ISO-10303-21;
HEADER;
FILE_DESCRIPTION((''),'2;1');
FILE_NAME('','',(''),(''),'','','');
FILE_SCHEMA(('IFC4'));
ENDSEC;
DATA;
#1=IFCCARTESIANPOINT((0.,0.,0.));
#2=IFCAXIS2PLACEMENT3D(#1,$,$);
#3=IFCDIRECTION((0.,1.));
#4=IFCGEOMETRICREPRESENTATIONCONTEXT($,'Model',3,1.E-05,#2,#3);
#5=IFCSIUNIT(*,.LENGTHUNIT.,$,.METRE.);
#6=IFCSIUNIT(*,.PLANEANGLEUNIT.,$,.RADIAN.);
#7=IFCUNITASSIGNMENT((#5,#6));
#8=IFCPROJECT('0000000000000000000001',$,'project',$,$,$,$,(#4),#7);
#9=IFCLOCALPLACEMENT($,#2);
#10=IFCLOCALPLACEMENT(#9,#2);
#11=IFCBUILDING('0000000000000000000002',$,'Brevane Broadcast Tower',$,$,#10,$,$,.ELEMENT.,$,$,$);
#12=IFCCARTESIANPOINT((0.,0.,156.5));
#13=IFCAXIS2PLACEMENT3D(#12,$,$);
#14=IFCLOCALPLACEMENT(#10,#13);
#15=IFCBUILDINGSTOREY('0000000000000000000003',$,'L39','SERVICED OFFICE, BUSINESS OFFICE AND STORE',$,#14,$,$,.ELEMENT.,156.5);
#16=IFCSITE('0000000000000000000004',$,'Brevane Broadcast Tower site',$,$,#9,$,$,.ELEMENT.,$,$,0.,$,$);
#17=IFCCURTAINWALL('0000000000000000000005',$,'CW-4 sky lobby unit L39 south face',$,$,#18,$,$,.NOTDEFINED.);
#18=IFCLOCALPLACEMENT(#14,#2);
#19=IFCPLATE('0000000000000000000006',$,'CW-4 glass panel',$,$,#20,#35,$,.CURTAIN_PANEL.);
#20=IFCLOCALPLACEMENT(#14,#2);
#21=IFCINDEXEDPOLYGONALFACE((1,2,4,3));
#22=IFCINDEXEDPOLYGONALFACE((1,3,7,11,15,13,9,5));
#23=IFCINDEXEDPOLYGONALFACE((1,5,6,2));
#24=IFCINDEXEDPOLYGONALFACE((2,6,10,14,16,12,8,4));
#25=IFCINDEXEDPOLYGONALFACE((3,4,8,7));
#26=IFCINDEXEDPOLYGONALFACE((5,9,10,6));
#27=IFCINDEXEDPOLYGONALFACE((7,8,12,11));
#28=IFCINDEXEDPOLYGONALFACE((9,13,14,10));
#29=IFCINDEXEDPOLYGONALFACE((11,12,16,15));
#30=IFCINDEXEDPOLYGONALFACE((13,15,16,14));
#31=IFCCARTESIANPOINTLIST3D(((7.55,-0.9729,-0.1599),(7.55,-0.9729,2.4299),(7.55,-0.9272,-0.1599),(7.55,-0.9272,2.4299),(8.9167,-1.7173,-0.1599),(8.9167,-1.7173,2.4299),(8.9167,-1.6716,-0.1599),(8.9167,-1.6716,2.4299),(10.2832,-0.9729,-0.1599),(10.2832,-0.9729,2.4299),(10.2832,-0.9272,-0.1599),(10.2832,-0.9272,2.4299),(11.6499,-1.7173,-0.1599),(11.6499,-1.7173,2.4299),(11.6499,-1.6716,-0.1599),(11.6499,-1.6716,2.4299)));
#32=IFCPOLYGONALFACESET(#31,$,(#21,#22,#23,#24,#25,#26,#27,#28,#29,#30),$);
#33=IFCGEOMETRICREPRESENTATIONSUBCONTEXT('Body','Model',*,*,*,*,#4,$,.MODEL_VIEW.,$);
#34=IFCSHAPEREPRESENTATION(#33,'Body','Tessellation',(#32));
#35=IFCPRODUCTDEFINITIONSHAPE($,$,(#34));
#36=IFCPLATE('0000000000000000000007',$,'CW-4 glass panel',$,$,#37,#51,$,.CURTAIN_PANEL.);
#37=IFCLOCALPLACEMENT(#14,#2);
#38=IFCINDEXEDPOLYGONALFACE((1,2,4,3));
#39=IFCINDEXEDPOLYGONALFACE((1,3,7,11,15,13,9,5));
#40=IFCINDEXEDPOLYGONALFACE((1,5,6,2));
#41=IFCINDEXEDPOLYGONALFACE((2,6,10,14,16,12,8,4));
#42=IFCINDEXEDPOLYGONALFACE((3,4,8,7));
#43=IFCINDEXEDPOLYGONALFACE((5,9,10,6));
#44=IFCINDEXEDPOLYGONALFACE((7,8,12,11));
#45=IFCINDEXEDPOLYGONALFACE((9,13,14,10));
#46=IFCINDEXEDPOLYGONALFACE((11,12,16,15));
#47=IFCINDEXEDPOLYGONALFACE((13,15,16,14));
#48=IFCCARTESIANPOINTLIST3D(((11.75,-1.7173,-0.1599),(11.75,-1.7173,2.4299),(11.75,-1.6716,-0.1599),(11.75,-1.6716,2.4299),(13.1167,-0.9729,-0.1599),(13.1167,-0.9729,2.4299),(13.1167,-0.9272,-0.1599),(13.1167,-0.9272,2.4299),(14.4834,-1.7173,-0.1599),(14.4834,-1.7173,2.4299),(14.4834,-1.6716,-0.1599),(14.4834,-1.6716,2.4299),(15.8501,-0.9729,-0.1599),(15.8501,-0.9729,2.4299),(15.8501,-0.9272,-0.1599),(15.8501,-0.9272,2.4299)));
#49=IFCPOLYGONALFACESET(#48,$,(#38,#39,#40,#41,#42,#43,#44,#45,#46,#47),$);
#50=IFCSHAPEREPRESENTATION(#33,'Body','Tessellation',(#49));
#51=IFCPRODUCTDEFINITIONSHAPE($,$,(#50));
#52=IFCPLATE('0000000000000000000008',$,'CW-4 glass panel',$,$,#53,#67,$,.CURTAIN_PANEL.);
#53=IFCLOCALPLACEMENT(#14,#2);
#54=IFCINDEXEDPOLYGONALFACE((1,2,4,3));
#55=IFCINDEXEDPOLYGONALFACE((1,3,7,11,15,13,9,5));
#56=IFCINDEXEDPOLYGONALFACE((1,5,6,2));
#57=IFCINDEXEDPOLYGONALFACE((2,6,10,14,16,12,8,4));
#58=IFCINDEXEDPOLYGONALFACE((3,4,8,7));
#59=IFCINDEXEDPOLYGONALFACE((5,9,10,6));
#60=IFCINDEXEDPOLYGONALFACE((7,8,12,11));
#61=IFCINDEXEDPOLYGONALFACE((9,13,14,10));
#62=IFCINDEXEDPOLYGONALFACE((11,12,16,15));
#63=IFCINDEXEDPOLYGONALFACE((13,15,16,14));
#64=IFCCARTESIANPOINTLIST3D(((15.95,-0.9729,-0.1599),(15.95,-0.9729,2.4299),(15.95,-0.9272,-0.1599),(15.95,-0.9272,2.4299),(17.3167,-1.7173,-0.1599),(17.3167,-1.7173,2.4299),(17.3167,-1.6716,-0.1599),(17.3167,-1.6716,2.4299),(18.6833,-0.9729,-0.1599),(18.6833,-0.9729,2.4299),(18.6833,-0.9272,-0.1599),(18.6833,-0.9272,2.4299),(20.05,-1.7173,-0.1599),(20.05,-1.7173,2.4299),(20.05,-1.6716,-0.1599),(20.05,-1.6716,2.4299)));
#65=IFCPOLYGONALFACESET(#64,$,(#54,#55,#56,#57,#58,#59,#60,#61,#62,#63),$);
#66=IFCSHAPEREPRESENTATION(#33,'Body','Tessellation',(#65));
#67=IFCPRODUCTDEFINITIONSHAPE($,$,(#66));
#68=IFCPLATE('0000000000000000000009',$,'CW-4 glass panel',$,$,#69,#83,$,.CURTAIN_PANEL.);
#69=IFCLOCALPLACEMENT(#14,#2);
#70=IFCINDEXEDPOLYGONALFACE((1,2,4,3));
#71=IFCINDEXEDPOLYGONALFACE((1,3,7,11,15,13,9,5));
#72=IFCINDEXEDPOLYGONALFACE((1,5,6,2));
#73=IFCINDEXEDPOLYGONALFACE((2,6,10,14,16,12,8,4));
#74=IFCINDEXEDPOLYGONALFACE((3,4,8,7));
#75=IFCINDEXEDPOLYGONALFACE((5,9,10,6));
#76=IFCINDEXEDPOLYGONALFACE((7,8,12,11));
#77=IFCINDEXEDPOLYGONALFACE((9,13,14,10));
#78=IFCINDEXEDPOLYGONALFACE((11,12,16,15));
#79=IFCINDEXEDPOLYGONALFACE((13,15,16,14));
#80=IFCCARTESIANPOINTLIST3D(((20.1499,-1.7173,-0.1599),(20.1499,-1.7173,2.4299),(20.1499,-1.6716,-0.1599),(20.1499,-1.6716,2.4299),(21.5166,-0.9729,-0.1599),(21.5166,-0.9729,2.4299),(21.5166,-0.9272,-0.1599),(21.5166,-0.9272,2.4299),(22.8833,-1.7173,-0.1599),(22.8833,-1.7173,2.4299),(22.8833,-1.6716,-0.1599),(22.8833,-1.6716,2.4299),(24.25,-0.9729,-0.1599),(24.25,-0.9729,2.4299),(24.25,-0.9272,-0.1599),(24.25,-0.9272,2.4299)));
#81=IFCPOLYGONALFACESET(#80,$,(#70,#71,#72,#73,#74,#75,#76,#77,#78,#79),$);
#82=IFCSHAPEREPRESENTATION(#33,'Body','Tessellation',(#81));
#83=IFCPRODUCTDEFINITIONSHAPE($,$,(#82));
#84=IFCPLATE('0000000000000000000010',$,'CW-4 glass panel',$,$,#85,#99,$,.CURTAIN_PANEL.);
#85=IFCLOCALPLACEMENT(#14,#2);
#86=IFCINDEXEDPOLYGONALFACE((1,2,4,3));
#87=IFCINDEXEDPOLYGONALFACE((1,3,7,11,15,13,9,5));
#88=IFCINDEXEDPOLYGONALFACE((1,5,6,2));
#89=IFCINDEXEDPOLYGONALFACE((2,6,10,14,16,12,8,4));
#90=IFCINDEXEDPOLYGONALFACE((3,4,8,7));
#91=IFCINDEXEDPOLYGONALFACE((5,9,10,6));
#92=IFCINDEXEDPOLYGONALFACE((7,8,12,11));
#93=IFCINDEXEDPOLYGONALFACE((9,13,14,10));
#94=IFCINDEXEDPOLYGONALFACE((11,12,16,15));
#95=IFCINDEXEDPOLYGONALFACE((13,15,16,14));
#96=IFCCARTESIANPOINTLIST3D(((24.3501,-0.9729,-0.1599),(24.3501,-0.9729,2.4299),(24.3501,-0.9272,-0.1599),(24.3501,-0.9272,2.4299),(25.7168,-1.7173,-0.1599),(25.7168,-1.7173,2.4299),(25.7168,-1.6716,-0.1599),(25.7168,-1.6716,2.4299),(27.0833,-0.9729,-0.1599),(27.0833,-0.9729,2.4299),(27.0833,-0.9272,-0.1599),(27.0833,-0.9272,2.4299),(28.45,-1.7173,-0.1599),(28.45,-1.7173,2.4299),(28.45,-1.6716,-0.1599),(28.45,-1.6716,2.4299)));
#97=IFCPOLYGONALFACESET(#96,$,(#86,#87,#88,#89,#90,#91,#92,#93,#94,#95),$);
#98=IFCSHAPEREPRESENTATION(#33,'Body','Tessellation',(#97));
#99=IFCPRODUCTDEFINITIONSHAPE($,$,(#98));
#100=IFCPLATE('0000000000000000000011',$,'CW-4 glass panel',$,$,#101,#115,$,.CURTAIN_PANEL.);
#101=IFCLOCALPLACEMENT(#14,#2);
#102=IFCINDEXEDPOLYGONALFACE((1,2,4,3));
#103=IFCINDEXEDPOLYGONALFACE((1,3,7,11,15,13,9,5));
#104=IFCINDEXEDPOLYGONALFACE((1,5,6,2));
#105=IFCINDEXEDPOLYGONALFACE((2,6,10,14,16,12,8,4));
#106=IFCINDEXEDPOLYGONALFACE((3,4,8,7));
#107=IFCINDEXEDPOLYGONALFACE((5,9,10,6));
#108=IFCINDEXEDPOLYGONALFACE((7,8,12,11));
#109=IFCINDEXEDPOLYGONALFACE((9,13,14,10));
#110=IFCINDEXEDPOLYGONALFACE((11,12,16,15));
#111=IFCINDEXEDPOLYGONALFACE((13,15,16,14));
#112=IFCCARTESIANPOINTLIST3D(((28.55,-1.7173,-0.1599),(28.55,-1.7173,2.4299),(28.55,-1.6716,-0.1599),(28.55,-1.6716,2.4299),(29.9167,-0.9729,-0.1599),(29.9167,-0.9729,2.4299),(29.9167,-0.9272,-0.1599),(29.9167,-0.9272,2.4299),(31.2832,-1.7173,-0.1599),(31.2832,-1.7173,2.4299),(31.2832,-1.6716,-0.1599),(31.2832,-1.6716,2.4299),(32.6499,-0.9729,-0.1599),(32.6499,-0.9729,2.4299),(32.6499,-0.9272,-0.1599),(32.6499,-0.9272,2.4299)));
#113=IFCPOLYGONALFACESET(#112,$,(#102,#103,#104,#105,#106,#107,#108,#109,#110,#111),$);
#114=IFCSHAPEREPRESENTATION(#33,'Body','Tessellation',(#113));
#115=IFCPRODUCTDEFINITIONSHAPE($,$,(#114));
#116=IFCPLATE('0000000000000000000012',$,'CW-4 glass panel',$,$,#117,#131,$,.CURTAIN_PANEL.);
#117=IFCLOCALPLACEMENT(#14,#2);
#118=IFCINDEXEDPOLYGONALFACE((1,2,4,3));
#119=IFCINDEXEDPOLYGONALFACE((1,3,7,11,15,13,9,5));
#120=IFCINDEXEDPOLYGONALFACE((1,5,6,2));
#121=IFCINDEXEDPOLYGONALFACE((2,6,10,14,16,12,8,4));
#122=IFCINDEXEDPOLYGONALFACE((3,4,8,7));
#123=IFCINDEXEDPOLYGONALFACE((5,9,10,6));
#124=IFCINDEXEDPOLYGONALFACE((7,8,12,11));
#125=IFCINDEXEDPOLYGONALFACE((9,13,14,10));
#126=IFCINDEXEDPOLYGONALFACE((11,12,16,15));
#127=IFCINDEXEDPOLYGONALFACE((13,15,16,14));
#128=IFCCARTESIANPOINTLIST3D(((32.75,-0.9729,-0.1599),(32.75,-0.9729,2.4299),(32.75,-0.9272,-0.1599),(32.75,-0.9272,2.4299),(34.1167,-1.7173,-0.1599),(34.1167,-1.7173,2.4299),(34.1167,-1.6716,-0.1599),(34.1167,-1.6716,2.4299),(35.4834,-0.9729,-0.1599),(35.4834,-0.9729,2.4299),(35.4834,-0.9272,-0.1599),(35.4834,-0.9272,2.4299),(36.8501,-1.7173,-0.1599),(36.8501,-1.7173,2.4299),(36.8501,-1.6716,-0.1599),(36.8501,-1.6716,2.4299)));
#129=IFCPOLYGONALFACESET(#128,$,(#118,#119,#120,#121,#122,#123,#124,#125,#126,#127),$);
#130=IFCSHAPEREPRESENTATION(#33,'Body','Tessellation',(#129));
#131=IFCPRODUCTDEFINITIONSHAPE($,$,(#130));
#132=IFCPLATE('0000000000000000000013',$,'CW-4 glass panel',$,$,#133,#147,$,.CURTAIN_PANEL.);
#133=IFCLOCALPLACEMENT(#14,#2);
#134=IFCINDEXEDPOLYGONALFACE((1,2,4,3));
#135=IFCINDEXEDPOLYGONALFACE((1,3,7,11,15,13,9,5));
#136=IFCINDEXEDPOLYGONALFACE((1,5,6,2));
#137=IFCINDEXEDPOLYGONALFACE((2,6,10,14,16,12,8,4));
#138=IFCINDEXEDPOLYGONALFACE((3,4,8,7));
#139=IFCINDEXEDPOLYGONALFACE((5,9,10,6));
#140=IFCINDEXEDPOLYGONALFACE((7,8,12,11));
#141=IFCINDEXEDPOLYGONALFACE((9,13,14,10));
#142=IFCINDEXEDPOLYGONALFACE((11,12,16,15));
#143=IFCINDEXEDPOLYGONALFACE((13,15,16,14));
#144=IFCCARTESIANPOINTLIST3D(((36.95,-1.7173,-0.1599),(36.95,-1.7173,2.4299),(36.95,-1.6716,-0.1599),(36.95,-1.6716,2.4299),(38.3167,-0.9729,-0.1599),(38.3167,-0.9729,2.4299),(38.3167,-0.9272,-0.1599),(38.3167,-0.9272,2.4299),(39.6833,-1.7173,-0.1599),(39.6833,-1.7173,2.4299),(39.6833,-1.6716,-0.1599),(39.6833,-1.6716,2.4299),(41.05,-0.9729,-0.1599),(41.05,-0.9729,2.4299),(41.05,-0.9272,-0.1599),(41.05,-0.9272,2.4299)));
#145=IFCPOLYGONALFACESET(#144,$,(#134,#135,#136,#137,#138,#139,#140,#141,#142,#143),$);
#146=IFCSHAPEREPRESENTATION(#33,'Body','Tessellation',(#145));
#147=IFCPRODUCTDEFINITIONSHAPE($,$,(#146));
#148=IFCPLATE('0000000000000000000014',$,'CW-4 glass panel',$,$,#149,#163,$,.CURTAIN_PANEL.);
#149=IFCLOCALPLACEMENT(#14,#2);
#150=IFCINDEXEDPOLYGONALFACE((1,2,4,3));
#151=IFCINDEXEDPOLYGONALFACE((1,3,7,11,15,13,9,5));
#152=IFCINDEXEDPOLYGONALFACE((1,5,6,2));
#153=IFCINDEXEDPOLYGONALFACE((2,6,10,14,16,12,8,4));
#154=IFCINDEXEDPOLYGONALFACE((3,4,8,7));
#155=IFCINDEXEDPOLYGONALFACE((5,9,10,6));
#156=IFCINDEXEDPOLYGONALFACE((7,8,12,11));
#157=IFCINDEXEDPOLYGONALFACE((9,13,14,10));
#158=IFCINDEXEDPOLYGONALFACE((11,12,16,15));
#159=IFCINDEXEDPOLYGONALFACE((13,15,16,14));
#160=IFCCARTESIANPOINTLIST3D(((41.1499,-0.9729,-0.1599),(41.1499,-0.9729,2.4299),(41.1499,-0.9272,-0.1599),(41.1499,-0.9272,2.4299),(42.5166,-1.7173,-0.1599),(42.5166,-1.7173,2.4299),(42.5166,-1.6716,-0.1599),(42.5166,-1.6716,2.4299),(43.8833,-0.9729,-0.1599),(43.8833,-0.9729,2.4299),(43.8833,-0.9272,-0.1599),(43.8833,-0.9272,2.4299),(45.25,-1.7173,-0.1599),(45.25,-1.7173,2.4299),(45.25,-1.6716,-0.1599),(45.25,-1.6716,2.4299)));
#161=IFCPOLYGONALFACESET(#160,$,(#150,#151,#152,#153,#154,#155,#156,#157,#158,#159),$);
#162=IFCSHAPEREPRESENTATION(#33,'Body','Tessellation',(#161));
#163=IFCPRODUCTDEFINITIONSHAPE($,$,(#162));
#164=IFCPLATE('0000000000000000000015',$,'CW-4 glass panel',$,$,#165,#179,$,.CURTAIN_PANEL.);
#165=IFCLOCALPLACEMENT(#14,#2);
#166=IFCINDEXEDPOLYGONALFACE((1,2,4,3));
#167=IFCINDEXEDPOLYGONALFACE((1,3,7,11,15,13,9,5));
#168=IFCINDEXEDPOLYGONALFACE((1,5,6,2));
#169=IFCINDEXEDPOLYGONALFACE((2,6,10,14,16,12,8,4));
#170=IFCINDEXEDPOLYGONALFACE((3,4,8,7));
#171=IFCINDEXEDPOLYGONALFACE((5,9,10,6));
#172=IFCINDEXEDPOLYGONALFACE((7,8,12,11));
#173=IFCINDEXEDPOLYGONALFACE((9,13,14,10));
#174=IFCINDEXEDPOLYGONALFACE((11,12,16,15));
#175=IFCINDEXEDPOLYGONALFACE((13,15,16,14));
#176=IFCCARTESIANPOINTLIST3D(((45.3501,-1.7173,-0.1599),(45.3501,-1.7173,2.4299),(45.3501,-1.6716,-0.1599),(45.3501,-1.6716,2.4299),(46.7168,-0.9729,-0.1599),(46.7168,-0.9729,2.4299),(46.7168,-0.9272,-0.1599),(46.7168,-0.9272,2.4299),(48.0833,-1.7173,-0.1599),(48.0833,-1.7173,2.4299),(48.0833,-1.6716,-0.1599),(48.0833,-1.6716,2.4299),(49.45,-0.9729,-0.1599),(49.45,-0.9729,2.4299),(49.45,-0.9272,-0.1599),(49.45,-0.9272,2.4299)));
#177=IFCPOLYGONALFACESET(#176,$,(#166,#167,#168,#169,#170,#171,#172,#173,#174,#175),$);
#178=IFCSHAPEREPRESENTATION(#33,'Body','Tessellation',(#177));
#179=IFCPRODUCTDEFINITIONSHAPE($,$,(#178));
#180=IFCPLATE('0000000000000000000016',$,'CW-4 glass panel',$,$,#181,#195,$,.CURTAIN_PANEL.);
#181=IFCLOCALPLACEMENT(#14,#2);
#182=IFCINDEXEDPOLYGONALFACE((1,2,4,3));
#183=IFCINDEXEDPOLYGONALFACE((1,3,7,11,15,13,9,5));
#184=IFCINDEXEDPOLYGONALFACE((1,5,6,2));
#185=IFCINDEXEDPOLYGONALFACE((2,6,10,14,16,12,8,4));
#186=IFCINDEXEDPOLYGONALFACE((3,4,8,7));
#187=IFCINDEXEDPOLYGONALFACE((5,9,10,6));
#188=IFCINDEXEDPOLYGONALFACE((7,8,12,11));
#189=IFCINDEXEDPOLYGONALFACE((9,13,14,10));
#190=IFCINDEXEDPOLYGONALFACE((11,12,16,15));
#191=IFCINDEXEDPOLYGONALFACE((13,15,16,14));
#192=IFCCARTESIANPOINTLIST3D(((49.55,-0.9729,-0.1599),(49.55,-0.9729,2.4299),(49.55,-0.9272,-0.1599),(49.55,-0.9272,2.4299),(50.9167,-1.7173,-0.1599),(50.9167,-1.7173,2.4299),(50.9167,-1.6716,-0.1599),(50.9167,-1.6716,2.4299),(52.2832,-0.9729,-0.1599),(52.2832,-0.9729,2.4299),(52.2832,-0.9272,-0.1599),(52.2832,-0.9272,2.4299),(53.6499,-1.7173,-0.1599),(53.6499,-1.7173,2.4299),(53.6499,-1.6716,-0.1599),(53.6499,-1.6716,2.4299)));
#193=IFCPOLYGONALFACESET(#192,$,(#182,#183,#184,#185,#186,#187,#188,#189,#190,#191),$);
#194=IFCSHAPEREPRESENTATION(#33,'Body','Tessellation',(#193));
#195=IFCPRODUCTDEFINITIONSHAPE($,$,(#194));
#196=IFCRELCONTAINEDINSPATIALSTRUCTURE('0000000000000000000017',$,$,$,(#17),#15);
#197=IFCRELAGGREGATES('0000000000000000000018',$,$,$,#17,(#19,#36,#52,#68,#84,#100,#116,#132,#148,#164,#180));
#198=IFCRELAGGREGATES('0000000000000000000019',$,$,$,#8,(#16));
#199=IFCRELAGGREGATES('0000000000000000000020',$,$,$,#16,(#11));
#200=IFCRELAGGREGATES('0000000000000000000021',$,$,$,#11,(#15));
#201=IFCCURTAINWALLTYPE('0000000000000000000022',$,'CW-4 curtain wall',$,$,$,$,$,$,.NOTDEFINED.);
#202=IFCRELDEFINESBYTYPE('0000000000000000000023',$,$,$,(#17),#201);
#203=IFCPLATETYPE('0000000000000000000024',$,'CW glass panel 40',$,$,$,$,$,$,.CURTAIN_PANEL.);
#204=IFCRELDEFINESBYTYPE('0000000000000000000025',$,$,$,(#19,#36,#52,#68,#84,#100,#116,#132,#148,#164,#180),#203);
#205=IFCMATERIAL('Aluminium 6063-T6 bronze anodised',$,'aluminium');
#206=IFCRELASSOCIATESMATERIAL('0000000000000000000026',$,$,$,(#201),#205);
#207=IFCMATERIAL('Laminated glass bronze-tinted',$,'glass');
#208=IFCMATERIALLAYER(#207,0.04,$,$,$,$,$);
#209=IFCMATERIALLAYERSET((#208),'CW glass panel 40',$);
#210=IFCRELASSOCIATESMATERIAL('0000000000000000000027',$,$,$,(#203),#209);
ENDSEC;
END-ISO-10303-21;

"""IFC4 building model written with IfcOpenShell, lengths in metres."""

from ifc_helpers import new_model, si_unit, direction, frame, origin, place, context, subcontext, project, spatial, polyline, outline, extrude, material, layer, layer_set, type_object, element, aggregate, save


model = new_model("IFC4")

# Units and contexts
model_context = context("Model", 3, precision=1e-05, world=origin(), true_north=direction((0.0, 1.0)))
body_context = subcontext(model_context, "Body", "Model", "MODEL_VIEW")
ifc_project = project(units=[si_unit("LENGTHUNIT", "METRE"), si_unit("PLANEANGLEUNIT", "RADIAN")], contexts=[model_context])

# Site, building, storey
site_placement = place(None, origin())
site = spatial("IfcSite", under=ifc_project, at=site_placement, Name="Brevane Broadcast Tower site", CompositionType="ELEMENT", RefElevation=0.0)
building_placement = place(site_placement, origin())
building = spatial("IfcBuilding", under=site, at=building_placement, Name="Brevane Broadcast Tower", CompositionType="ELEMENT")
storey_placement = place(building_placement, frame((0.0, 0.0, 156.5)))
storey = spatial("IfcBuildingStorey", under=building, at=storey_placement, Name="L39", Description="SERVICED OFFICE, BUSINESS OFFICE AND STORE", CompositionType="ELEMENT", Elevation=156.5)

# Curtain wall, plates
ifc_material_1 = material(Name="Aluminium 6063-T6 bronze anodised", Category="aluminium")
curtain_wall_type = type_object("IfcCurtainWallType", Name="CW-4 curtain wall", PredefinedType="NOTDEFINED", material=ifc_material_1)
curtain_wall_1_placement = place(storey_placement, origin())
curtain_wall_1 = element("IfcCurtainWall", 1, at=curtain_wall_1_placement, inside=storey, type_object=curtain_wall_type, Name="CW-4 sky lobby unit L39 south face", PredefinedType="NOTDEFINED")
ifc_material_2 = material(Name="Laminated glass bronze-tinted", Category="glass")
ifc_layer = layer(ifc_material_2, 0.04)
ifc_layer_set = layer_set([ifc_layer], Name="CW glass panel 40")
plate_type = type_object("IfcPlateType", Name="CW glass panel 40", PredefinedType="CURTAIN_PANEL", material=ifc_layer_set)
plate_1_placement = place(storey_placement, frame((0.0, 0.0, -0.1599)))
plate_1 = element("IfcPlate", 2, at=plate_1_placement, type_object=plate_type, Name="CW-4 glass panel", PredefinedType="CURTAIN_PANEL", context=body_context, shape_type="SweptSolid", body=[
    extrude(outline(polyline([(7.55, -0.9272), (7.55, -0.9729), (8.9167, -1.7173), (10.2832, -0.9729), (11.6499, -1.7173), (11.6499, -1.6716), (10.2832, -0.9272), (8.9167, -1.6716), (7.55, -0.9272)])), origin(), (0.0, 0.0, 1.0), 2.5898),
])
plate_2_placement = place(storey_placement, frame((0.0, 0.0, -0.1599)))
plate_2 = element("IfcPlate", 3, at=plate_2_placement, type_object=plate_type, Name="CW-4 glass panel", PredefinedType="CURTAIN_PANEL", context=body_context, shape_type="SweptSolid", body=[
    extrude(outline(polyline([(11.75, -1.6716), (11.75, -1.7173), (13.1167, -0.9729), (14.4834, -1.7173), (15.8501, -0.9729), (15.8501, -0.9272), (14.4834, -1.6716), (13.1167, -0.9272), (11.75, -1.6716)])), origin(), (0.0, 0.0, 1.0), 2.5898),
])
plate_3_placement = place(storey_placement, frame((0.0, 0.0, -0.1599)))
plate_3 = element("IfcPlate", 4, at=plate_3_placement, type_object=plate_type, Name="CW-4 glass panel", PredefinedType="CURTAIN_PANEL", context=body_context, shape_type="SweptSolid", body=[
    extrude(outline(polyline([(15.95, -0.9272), (15.95, -0.9729), (17.3167, -1.7173), (18.6833, -0.9729), (20.05, -1.7173), (20.05, -1.6716), (18.6833, -0.9272), (17.3167, -1.6716), (15.95, -0.9272)])), origin(), (0.0, 0.0, 1.0), 2.5898),
])
plate_4_placement = place(storey_placement, frame((0.0, 0.0, -0.1599)))
plate_4 = element("IfcPlate", 5, at=plate_4_placement, type_object=plate_type, Name="CW-4 glass panel", PredefinedType="CURTAIN_PANEL", context=body_context, shape_type="SweptSolid", body=[
    extrude(outline(polyline([(20.1499, -1.6716), (20.1499, -1.7173), (21.5166, -0.9729), (22.8833, -1.7173), (24.25, -0.9729), (24.25, -0.9272), (22.8833, -1.6716), (21.5166, -0.9272), (20.1499, -1.6716)])), origin(), (0.0, 0.0, 1.0), 2.5898),
])
plate_5_placement = place(storey_placement, frame((0.0, 0.0, -0.1599)))
plate_5 = element("IfcPlate", 6, at=plate_5_placement, type_object=plate_type, Name="CW-4 glass panel", PredefinedType="CURTAIN_PANEL", context=body_context, shape_type="SweptSolid", body=[
    extrude(outline(polyline([(24.3501, -0.9272), (24.3501, -0.9729), (25.7168, -1.7173), (27.0833, -0.9729), (28.45, -1.7173), (28.45, -1.6716), (27.0833, -0.9272), (25.7168, -1.6716), (24.3501, -0.9272)])), origin(), (0.0, 0.0, 1.0), 2.5898),
])
plate_6_placement = place(storey_placement, frame((0.0, 0.0, -0.1599)))
plate_6 = element("IfcPlate", 7, at=plate_6_placement, type_object=plate_type, Name="CW-4 glass panel", PredefinedType="CURTAIN_PANEL", context=body_context, shape_type="SweptSolid", body=[
    extrude(outline(polyline([(28.55, -1.6716), (28.55, -1.7173), (29.9167, -0.9729), (31.2832, -1.7173), (32.6499, -0.9729), (32.6499, -0.9272), (31.2832, -1.6716), (29.9167, -0.9272), (28.55, -1.6716)])), origin(), (0.0, 0.0, 1.0), 2.5898),
])
plate_7_placement = place(storey_placement, frame((0.0, 0.0, -0.1599)))
plate_7 = element("IfcPlate", 8, at=plate_7_placement, type_object=plate_type, Name="CW-4 glass panel", PredefinedType="CURTAIN_PANEL", context=body_context, shape_type="SweptSolid", body=[
    extrude(outline(polyline([(32.75, -0.9272), (32.75, -0.9729), (34.1167, -1.7173), (35.4834, -0.9729), (36.8501, -1.7173), (36.8501, -1.6716), (35.4834, -0.9272), (34.1167, -1.6716), (32.75, -0.9272)])), origin(), (0.0, 0.0, 1.0), 2.5898),
])
plate_8_placement = place(storey_placement, frame((0.0, 0.0, -0.1599)))
plate_8 = element("IfcPlate", 9, at=plate_8_placement, type_object=plate_type, Name="CW-4 glass panel", PredefinedType="CURTAIN_PANEL", context=body_context, shape_type="SweptSolid", body=[
    extrude(outline(polyline([(36.95, -1.6716), (36.95, -1.7173), (38.3167, -0.9729), (39.6833, -1.7173), (41.05, -0.9729), (41.05, -0.9272), (39.6833, -1.6716), (38.3167, -0.9272), (36.95, -1.6716)])), origin(), (0.0, 0.0, 1.0), 2.5898),
])
plate_9_placement = place(storey_placement, frame((0.0, 0.0, -0.1599)))
plate_9 = element("IfcPlate", 10, at=plate_9_placement, type_object=plate_type, Name="CW-4 glass panel", PredefinedType="CURTAIN_PANEL", context=body_context, shape_type="SweptSolid", body=[
    extrude(outline(polyline([(41.1499, -0.9272), (41.1499, -0.9729), (42.5166, -1.7173), (43.8833, -0.9729), (45.25, -1.7173), (45.25, -1.6716), (43.8833, -0.9272), (42.5166, -1.6716), (41.1499, -0.9272)])), origin(), (0.0, 0.0, 1.0), 2.5898),
])
plate_10_placement = place(storey_placement, frame((0.0, 0.0, -0.1599)))
plate_10 = element("IfcPlate", 11, at=plate_10_placement, type_object=plate_type, Name="CW-4 glass panel", PredefinedType="CURTAIN_PANEL", context=body_context, shape_type="SweptSolid", body=[
    extrude(outline(polyline([(45.3501, -1.6716), (45.3501, -1.7173), (46.7168, -0.9729), (48.0833, -1.7173), (49.45, -0.9729), (49.45, -0.9272), (48.0833, -1.6716), (46.7168, -0.9272), (45.3501, -1.6716)])), origin(), (0.0, 0.0, 1.0), 2.5898),
])
plate_11_placement = place(storey_placement, frame((0.0, 0.0, -0.1599)))
plate_11 = element("IfcPlate", 12, at=plate_11_placement, type_object=plate_type, Name="CW-4 glass panel", PredefinedType="CURTAIN_PANEL", context=body_context, shape_type="SweptSolid", body=[
    extrude(outline(polyline([(49.55, -0.9272), (49.55, -0.9729), (50.9167, -1.7173), (52.2832, -0.9729), (53.6499, -1.7173), (53.6499, -1.6716), (52.2832, -0.9272), (50.9167, -1.6716), (49.55, -0.9272)])), origin(), (0.0, 0.0, 1.0), 2.5898),
])
aggregate(curtain_wall_1, [plate_1, plate_2, plate_3, plate_4, plate_5, plate_6, plate_7, plate_8, plate_9, plate_10, plate_11])

save(model, "model.ifc")
